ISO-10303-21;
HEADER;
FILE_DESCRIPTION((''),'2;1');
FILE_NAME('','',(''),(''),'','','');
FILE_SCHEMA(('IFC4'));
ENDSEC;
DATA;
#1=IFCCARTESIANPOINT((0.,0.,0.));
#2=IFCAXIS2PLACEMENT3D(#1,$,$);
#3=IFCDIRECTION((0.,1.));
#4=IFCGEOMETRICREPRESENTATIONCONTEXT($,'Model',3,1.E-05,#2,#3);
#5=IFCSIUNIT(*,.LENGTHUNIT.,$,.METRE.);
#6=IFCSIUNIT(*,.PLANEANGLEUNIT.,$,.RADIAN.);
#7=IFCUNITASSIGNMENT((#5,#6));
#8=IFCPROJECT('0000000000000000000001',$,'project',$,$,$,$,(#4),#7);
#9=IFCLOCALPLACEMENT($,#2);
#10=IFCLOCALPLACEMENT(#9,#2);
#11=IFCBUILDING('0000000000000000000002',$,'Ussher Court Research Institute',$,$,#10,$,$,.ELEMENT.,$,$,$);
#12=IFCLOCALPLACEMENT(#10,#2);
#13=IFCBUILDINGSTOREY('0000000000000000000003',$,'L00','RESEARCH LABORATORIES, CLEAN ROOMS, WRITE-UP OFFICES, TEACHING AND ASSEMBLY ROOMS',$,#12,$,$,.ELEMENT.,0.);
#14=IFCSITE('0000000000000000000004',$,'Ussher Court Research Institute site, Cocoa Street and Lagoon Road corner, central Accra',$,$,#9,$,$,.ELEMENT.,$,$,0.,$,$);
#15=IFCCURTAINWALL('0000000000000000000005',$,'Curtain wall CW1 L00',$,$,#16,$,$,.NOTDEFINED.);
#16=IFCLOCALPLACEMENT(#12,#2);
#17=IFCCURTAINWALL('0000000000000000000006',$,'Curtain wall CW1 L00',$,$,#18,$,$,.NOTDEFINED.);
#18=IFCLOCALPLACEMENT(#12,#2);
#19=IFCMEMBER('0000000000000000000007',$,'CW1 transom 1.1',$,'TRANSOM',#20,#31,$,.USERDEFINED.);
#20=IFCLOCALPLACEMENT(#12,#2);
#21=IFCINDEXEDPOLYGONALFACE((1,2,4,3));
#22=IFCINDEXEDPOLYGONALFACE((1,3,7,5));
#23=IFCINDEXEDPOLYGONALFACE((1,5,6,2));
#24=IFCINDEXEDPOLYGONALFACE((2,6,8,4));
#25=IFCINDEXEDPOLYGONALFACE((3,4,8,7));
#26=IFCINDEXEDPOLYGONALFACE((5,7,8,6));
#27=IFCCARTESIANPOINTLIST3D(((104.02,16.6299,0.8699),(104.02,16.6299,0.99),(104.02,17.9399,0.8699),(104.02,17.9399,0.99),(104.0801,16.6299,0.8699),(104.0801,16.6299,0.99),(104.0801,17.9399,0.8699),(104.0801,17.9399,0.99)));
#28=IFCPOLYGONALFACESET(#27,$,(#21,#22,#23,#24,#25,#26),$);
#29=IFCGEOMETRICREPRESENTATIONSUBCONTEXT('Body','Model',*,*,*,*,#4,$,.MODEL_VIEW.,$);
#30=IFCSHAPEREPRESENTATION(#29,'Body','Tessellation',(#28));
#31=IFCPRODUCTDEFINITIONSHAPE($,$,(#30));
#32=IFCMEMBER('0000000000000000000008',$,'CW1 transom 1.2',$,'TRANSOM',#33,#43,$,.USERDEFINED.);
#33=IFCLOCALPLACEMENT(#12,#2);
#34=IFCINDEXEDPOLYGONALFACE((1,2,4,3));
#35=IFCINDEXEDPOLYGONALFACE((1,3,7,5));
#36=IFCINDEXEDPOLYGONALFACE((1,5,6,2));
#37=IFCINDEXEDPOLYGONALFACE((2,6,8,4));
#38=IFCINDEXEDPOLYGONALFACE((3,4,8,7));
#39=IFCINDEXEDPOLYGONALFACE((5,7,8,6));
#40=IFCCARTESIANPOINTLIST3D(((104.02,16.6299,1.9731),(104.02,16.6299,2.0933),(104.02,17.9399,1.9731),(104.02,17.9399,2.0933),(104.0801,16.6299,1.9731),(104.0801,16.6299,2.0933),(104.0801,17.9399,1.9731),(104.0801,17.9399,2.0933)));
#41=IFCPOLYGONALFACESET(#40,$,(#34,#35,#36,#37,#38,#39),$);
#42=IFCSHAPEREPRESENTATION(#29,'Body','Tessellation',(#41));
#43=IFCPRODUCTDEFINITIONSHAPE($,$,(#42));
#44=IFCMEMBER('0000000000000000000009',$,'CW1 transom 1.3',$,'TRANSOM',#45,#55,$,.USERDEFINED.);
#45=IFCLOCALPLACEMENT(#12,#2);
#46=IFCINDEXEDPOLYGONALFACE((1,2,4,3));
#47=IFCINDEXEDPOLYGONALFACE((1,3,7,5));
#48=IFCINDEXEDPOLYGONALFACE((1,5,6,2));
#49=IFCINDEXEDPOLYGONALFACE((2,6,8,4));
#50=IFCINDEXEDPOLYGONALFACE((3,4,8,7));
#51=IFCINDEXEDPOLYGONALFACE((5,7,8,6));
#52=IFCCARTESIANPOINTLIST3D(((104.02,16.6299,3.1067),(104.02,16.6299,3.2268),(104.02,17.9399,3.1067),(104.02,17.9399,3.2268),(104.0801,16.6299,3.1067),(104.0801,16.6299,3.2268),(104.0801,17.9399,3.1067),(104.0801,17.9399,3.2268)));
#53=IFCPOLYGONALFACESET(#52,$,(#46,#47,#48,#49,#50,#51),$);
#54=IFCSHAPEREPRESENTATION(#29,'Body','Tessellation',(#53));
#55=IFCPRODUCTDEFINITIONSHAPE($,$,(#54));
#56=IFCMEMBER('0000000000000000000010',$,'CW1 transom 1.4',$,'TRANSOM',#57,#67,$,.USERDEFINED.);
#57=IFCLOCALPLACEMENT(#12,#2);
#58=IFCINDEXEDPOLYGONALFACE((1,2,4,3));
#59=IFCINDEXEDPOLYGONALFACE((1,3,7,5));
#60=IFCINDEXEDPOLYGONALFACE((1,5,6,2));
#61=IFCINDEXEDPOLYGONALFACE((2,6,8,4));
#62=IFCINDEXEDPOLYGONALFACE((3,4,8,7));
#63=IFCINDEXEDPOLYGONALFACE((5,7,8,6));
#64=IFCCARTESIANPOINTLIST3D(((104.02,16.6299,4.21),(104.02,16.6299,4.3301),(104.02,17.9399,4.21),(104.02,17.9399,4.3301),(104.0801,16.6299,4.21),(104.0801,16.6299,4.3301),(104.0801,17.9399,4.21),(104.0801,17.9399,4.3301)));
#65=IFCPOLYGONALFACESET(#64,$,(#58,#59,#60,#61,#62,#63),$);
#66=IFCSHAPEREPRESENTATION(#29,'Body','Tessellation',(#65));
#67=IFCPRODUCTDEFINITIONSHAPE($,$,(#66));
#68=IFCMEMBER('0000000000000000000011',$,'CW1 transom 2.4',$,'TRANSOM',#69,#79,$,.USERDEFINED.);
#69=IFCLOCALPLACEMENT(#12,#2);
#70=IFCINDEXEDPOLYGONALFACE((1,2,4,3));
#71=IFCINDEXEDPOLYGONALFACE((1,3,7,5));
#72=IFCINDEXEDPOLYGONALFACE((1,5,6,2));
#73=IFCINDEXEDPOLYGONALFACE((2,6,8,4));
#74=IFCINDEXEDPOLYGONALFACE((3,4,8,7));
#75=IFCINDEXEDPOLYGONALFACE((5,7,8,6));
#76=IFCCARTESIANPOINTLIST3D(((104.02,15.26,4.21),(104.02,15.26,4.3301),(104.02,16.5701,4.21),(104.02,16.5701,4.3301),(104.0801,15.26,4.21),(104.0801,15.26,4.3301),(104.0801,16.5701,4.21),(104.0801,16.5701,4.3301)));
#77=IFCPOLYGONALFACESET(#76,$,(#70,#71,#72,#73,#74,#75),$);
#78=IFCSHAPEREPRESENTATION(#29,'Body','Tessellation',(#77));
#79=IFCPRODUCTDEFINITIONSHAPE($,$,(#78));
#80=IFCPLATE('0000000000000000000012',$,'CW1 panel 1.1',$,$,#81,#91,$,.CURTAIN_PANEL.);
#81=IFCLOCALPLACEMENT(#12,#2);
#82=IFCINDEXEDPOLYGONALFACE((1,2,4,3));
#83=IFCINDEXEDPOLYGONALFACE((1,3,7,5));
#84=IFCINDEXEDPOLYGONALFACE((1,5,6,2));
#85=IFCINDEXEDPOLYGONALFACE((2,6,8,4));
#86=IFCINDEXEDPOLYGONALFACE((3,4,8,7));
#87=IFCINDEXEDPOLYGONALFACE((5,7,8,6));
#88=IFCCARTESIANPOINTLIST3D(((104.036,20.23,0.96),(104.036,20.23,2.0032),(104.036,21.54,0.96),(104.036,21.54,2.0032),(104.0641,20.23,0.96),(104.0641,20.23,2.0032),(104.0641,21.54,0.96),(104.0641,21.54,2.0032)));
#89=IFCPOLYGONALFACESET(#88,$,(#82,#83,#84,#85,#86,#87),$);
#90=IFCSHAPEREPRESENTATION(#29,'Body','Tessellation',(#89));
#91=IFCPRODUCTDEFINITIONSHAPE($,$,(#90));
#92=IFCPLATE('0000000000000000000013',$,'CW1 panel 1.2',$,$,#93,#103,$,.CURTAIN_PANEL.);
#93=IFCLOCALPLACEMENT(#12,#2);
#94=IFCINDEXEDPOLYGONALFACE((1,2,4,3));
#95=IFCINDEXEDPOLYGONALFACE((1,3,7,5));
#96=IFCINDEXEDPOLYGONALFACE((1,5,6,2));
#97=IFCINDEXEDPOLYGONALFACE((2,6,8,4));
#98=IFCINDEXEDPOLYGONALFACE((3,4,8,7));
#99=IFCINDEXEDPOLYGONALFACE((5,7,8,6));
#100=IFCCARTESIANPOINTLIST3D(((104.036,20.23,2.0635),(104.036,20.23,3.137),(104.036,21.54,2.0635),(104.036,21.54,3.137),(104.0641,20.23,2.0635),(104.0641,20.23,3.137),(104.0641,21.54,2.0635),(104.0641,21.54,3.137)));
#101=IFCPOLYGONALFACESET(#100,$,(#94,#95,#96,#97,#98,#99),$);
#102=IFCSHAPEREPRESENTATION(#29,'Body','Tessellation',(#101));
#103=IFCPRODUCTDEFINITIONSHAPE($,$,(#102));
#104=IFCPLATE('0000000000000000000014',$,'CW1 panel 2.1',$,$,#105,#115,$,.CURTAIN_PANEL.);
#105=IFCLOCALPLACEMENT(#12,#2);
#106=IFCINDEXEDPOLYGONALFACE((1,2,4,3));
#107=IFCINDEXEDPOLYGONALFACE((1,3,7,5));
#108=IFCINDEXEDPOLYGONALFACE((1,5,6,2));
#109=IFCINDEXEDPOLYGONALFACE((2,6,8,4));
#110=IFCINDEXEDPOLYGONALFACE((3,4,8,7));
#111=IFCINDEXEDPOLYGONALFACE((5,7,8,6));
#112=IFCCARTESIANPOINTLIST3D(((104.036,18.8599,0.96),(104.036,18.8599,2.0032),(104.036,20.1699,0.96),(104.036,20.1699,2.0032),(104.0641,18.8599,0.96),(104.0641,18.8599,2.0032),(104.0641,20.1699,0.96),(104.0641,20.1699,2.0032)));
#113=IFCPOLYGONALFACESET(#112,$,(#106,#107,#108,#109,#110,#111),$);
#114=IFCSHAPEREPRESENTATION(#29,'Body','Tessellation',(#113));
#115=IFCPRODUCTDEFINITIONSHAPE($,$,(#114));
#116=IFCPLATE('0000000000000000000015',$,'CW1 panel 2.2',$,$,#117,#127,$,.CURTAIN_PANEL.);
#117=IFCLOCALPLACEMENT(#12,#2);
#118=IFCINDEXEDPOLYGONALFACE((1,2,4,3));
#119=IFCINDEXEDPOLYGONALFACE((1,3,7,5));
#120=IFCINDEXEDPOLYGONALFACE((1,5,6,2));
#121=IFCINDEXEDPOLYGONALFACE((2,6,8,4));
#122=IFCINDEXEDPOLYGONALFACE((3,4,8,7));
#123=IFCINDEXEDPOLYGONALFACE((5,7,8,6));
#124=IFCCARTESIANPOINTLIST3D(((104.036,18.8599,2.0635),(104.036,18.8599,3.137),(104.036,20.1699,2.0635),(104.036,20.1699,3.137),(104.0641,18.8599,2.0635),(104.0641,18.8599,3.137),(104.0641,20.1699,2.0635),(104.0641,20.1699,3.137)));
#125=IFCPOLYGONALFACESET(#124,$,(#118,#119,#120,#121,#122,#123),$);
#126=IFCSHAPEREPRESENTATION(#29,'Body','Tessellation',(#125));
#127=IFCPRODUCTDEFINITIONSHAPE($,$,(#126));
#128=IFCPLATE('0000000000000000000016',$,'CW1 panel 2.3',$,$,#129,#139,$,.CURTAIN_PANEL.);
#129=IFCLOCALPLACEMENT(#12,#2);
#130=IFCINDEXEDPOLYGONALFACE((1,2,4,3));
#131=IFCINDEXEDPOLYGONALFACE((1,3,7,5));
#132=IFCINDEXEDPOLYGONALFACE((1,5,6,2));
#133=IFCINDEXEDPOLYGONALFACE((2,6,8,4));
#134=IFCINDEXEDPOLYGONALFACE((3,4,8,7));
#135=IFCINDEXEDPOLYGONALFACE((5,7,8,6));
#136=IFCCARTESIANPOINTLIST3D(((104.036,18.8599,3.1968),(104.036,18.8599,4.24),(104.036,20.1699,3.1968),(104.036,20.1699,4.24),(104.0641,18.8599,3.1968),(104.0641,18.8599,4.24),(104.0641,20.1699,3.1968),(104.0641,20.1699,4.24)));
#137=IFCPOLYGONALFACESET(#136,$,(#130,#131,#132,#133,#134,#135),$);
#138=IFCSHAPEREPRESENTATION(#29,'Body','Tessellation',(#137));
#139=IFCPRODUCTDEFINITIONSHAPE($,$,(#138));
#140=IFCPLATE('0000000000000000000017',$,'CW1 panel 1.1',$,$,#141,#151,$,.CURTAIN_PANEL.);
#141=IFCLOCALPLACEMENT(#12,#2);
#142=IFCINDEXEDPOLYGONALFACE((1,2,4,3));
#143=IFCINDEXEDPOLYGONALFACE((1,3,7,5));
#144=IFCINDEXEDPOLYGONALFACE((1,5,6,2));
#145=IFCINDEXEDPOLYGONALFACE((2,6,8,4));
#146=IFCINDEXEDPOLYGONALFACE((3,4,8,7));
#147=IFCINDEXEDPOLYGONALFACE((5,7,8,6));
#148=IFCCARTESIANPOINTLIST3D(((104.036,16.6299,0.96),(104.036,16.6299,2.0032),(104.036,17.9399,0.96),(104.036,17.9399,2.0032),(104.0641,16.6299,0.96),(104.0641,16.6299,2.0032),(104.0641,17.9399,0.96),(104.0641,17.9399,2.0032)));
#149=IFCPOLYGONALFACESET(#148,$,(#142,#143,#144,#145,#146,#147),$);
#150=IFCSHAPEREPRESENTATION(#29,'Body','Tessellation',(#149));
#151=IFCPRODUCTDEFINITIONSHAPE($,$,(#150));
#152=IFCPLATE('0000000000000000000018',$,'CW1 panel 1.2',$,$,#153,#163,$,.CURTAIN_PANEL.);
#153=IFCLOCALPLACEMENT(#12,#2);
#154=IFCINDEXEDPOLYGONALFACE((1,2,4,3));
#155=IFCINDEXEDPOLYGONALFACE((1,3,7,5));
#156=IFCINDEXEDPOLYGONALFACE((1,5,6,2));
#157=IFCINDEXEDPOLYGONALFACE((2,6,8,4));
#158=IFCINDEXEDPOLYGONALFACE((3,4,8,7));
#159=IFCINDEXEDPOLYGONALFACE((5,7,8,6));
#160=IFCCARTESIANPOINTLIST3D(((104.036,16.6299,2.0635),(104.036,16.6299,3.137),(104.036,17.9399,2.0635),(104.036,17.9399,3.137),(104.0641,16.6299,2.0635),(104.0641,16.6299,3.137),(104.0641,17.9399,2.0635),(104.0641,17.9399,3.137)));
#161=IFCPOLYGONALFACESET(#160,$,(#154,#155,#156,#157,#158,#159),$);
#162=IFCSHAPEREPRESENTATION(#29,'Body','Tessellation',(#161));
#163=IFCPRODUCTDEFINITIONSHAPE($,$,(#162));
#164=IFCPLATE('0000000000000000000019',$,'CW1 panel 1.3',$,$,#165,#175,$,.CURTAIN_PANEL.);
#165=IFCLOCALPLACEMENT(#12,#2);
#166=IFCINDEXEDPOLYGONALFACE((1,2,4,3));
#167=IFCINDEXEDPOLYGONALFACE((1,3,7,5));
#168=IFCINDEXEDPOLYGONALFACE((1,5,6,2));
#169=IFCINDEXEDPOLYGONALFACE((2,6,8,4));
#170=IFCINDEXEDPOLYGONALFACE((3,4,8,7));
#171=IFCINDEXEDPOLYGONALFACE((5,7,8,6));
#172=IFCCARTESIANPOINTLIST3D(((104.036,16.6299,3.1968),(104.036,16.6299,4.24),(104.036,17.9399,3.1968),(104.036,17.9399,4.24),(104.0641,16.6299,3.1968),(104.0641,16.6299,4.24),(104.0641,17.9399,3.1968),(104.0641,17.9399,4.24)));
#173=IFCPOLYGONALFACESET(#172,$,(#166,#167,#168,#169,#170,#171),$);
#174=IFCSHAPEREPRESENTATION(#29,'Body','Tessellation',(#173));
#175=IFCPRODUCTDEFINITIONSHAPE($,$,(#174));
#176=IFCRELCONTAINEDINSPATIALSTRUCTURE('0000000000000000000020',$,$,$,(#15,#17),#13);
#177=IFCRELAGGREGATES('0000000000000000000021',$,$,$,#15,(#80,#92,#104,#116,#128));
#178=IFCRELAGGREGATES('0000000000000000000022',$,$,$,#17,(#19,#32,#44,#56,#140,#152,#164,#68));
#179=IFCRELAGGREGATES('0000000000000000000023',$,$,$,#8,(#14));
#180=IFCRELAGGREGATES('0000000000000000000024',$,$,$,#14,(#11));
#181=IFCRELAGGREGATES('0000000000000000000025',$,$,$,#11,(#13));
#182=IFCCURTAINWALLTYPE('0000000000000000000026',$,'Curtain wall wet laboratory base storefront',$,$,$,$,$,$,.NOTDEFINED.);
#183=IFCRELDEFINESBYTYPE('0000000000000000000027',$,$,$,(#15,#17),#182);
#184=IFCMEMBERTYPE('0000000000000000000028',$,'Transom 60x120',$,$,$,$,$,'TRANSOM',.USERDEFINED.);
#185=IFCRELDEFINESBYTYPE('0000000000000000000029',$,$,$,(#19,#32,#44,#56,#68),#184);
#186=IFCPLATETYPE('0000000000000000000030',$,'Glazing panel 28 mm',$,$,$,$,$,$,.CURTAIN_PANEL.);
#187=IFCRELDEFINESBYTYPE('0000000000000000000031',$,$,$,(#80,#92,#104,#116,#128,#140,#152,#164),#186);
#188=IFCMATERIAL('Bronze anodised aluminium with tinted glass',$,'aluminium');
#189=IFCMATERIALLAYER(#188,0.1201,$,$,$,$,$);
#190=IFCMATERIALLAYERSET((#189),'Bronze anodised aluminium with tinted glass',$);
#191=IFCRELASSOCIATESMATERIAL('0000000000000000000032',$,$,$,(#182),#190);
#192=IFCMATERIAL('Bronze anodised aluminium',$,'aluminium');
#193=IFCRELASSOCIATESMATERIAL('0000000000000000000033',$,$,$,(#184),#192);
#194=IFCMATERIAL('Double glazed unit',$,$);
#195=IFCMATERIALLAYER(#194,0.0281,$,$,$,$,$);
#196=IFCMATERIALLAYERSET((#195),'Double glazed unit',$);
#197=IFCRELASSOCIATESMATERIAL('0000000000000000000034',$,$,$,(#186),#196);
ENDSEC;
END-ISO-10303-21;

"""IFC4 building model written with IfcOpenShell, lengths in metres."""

from ifc_helpers import new_model, si_unit, direction, frame, origin, origin_2d, place, context, subcontext, project, spatial, rectangle, extrude, material, layer, layer_set, material_profile, profile_set, type_object, element, aggregate, save


model = new_model("IFC4")

# Units and contexts
model_context = context("Model", 3, precision=1e-05, world=origin(), true_north=direction((0.0, 1.0)))
body_context = subcontext(model_context, "Body", "Model", "MODEL_VIEW")
ifc_project = project(units=[si_unit("LENGTHUNIT", "METRE"), si_unit("PLANEANGLEUNIT", "RADIAN")], contexts=[model_context])

# Site, building, storey
site_placement = place(None, origin())
site = spatial("IfcSite", under=ifc_project, at=site_placement, Name="Ussher Court Research Institute site, Cocoa Street and Lagoon Road corner, central Accra", CompositionType="ELEMENT", RefElevation=0.0)
building_placement = place(site_placement, origin())
building = spatial("IfcBuilding", under=site, at=building_placement, Name="Ussher Court Research Institute", CompositionType="ELEMENT")
storey_placement = place(building_placement, origin())
storey = spatial("IfcBuildingStorey", under=building, at=storey_placement, Name="L00", Description="RESEARCH LABORATORIES, CLEAN ROOMS, WRITE-UP OFFICES, TEACHING AND ASSEMBLY ROOMS", CompositionType="ELEMENT", Elevation=0.0)

# Curtain walls
ifc_material_1 = material(Name="Bronze anodised aluminium with tinted glass", Category="aluminium")
ifc_layer_1 = layer(ifc_material_1, 0.1201)
ifc_layer_set_1 = layer_set([ifc_layer_1], Name="Bronze anodised aluminium with tinted glass")
curtain_wall_type = type_object("IfcCurtainWallType", Name="Curtain wall wet laboratory base storefront", PredefinedType="NOTDEFINED", material=ifc_layer_set_1)
curtain_wall_1_placement = place(storey_placement, origin())
curtain_wall_1 = element("IfcCurtainWall", 1, at=curtain_wall_1_placement, inside=storey, type_object=curtain_wall_type, Name="Curtain wall CW1 L00", PredefinedType="NOTDEFINED")
curtain_wall_2_placement = place(storey_placement, origin())
curtain_wall_2 = element("IfcCurtainWall", 2, at=curtain_wall_2_placement, inside=storey, type_object=curtain_wall_type, Name="Curtain wall CW1 L00", PredefinedType="NOTDEFINED")

# Members
ifc_material_2 = material(Name="Bronze anodised aluminium", Category="aluminium")
ifc_material_profile_1 = material_profile(ifc_material_2, rectangle(XDim=0.0601, YDim=0.1201, at=origin_2d()), Name="Transom 60x120")
ifc_profile_set_1 = profile_set([ifc_material_profile_1], Name="Bronze anodised aluminium")
member_type_1 = type_object("IfcMemberType", Name="Transom 60x120", ElementType="TRANSOM", PredefinedType="USERDEFINED", material=ifc_profile_set_1)
member_1_placement = place(storey_placement, frame((104.05, 17.9399, 0.9299), z_axis=(0.0, -1.0, 0.0), x_axis=(1.0, 0.0, 0.0)))
member_1 = element("IfcMember", 3, at=member_1_placement, type_object=member_type_1, Name="CW1 transom 1.1", ObjectType="TRANSOM", PredefinedType="USERDEFINED", context=body_context, shape_type="SweptSolid", body=[
    extrude(rectangle(XDim=0.0601, YDim=0.1201, at=origin_2d()), origin(), (0.0, 0.0, 1.0), 1.3101),
])
member_2_placement = place(storey_placement, frame((104.05, 17.9399, 2.0332), z_axis=(0.0, -1.0, 0.0), x_axis=(1.0, 0.0, 0.0)))
member_2 = element("IfcMember", 4, at=member_2_placement, type_object=member_type_1, Name="CW1 transom 1.2", ObjectType="TRANSOM", PredefinedType="USERDEFINED", context=body_context, shape_type="SweptSolid", body=[
    extrude(rectangle(XDim=0.0601, YDim=0.1201, at=origin_2d()), origin(), (0.0, 0.0, 1.0), 1.3101),
])
member_3_placement = place(storey_placement, frame((104.05, 17.9399, 3.1667), z_axis=(0.0, -1.0, 0.0), x_axis=(1.0, 0.0, 0.0)))
member_3 = element("IfcMember", 5, at=member_3_placement, type_object=member_type_1, Name="CW1 transom 1.3", ObjectType="TRANSOM", PredefinedType="USERDEFINED", context=body_context, shape_type="SweptSolid", body=[
    extrude(rectangle(XDim=0.0601, YDim=0.1201, at=origin_2d()), origin(), (0.0, 0.0, 1.0), 1.3101),
])
member_4_placement = place(storey_placement, frame((104.05, 17.9399, 4.27), z_axis=(0.0, -1.0, 0.0), x_axis=(1.0, 0.0, 0.0)))
member_4 = element("IfcMember", 6, at=member_4_placement, type_object=member_type_1, Name="CW1 transom 1.4", ObjectType="TRANSOM", PredefinedType="USERDEFINED", context=body_context, shape_type="SweptSolid", body=[
    extrude(rectangle(XDim=0.0601, YDim=0.1201, at=origin_2d()), origin(), (0.0, 0.0, 1.0), 1.3101),
])
member_5_placement = place(storey_placement, frame((104.05, 16.5701, 4.27), z_axis=(0.0, -1.0, 0.0), x_axis=(1.0, 0.0, 0.0)))
member_5 = element("IfcMember", 7, at=member_5_placement, type_object=member_type_1, Name="CW1 transom 2.4", ObjectType="TRANSOM", PredefinedType="USERDEFINED", context=body_context, shape_type="SweptSolid", body=[
    extrude(rectangle(XDim=0.0601, YDim=0.1201, at=origin_2d()), origin(), (0.0, 0.0, 1.0), 1.3101),
])

# Plates
ifc_material_3 = material(Name="Double glazed unit")
ifc_layer_2 = layer(ifc_material_3, 0.0281)
ifc_layer_set_2 = layer_set([ifc_layer_2], Name="Double glazed unit")
plate_type = type_object("IfcPlateType", Name="Glazing panel 28 mm", PredefinedType="CURTAIN_PANEL", material=ifc_layer_set_2)
plate_1_placement = place(storey_placement, frame((104.05, 20.885, 0.96), z_axis=(0.0, 0.0, 1.0), x_axis=(0.0, -1.0, 0.0)))
plate_1 = element("IfcPlate", 8, at=plate_1_placement, type_object=plate_type, Name="CW1 panel 1.1", PredefinedType="CURTAIN_PANEL", context=body_context, shape_type="SweptSolid", body=[
    extrude(rectangle(XDim=1.3101, YDim=0.0281, at=origin_2d()), origin(), (0.0, 0.0, 1.0), 1.0432),
])
plate_2_placement = place(storey_placement, frame((104.05, 20.885, 2.0635), z_axis=(0.0, 0.0, 1.0), x_axis=(0.0, -1.0, 0.0)))
plate_2 = element("IfcPlate", 9, at=plate_2_placement, type_object=plate_type, Name="CW1 panel 1.2", PredefinedType="CURTAIN_PANEL", context=body_context, shape_type="SweptSolid", body=[
    extrude(rectangle(XDim=1.3101, YDim=0.0281, at=origin_2d()), origin(), (0.0, 0.0, 1.0), 1.0735),
])
plate_3_placement = place(storey_placement, frame((104.05, 19.5149, 0.96), z_axis=(0.0, 0.0, 1.0), x_axis=(0.0, -1.0, 0.0)))
plate_3 = element("IfcPlate", 10, at=plate_3_placement, type_object=plate_type, Name="CW1 panel 2.1", PredefinedType="CURTAIN_PANEL", context=body_context, shape_type="SweptSolid", body=[
    extrude(rectangle(XDim=1.3101, YDim=0.0281, at=origin_2d()), origin(), (0.0, 0.0, 1.0), 1.0432),
])
plate_4_placement = place(storey_placement, frame((104.05, 19.5149, 2.0635), z_axis=(0.0, 0.0, 1.0), x_axis=(0.0, -1.0, 0.0)))
plate_4 = element("IfcPlate", 11, at=plate_4_placement, type_object=plate_type, Name="CW1 panel 2.2", PredefinedType="CURTAIN_PANEL", context=body_context, shape_type="SweptSolid", body=[
    extrude(rectangle(XDim=1.3101, YDim=0.0281, at=origin_2d()), origin(), (0.0, 0.0, 1.0), 1.0735),
])
plate_5_placement = place(storey_placement, frame((104.05, 19.5149, 3.1968), z_axis=(0.0, 0.0, 1.0), x_axis=(0.0, -1.0, 0.0)))
plate_5 = element("IfcPlate", 12, at=plate_5_placement, type_object=plate_type, Name="CW1 panel 2.3", PredefinedType="CURTAIN_PANEL", context=body_context, shape_type="SweptSolid", body=[
    extrude(rectangle(XDim=1.3101, YDim=0.0281, at=origin_2d()), origin(), (0.0, 0.0, 1.0), 1.0432),
])
aggregate(curtain_wall_1, [plate_1, plate_2, plate_3, plate_4, plate_5])
plate_6_placement = place(storey_placement, frame((104.05, 17.2849, 0.96), z_axis=(0.0, 0.0, 1.0), x_axis=(0.0, -1.0, 0.0)))
plate_6 = element("IfcPlate", 13, at=plate_6_placement, type_object=plate_type, Name="CW1 panel 1.1", PredefinedType="CURTAIN_PANEL", context=body_context, shape_type="SweptSolid", body=[
    extrude(rectangle(XDim=1.3101, YDim=0.0281, at=origin_2d()), origin(), (0.0, 0.0, 1.0), 1.0432),
])
plate_7_placement = place(storey_placement, frame((104.05, 17.2849, 2.0635), z_axis=(0.0, 0.0, 1.0), x_axis=(0.0, -1.0, 0.0)))
plate_7 = element("IfcPlate", 14, at=plate_7_placement, type_object=plate_type, Name="CW1 panel 1.2", PredefinedType="CURTAIN_PANEL", context=body_context, shape_type="SweptSolid", body=[
    extrude(rectangle(XDim=1.3101, YDim=0.0281, at=origin_2d()), origin(), (0.0, 0.0, 1.0), 1.0735),
])
plate_8_placement = place(storey_placement, frame((104.05, 17.2849, 3.1968), z_axis=(0.0, 0.0, 1.0), x_axis=(0.0, -1.0, 0.0)))
plate_8 = element("IfcPlate", 15, at=plate_8_placement, type_object=plate_type, Name="CW1 panel 1.3", PredefinedType="CURTAIN_PANEL", context=body_context, shape_type="SweptSolid", body=[
    extrude(rectangle(XDim=1.3101, YDim=0.0281, at=origin_2d()), origin(), (0.0, 0.0, 1.0), 1.0432),
])
aggregate(curtain_wall_2, [member_1, member_2, member_3, member_4, plate_6, plate_7, plate_8, member_5])

save(model, "model.ifc")
